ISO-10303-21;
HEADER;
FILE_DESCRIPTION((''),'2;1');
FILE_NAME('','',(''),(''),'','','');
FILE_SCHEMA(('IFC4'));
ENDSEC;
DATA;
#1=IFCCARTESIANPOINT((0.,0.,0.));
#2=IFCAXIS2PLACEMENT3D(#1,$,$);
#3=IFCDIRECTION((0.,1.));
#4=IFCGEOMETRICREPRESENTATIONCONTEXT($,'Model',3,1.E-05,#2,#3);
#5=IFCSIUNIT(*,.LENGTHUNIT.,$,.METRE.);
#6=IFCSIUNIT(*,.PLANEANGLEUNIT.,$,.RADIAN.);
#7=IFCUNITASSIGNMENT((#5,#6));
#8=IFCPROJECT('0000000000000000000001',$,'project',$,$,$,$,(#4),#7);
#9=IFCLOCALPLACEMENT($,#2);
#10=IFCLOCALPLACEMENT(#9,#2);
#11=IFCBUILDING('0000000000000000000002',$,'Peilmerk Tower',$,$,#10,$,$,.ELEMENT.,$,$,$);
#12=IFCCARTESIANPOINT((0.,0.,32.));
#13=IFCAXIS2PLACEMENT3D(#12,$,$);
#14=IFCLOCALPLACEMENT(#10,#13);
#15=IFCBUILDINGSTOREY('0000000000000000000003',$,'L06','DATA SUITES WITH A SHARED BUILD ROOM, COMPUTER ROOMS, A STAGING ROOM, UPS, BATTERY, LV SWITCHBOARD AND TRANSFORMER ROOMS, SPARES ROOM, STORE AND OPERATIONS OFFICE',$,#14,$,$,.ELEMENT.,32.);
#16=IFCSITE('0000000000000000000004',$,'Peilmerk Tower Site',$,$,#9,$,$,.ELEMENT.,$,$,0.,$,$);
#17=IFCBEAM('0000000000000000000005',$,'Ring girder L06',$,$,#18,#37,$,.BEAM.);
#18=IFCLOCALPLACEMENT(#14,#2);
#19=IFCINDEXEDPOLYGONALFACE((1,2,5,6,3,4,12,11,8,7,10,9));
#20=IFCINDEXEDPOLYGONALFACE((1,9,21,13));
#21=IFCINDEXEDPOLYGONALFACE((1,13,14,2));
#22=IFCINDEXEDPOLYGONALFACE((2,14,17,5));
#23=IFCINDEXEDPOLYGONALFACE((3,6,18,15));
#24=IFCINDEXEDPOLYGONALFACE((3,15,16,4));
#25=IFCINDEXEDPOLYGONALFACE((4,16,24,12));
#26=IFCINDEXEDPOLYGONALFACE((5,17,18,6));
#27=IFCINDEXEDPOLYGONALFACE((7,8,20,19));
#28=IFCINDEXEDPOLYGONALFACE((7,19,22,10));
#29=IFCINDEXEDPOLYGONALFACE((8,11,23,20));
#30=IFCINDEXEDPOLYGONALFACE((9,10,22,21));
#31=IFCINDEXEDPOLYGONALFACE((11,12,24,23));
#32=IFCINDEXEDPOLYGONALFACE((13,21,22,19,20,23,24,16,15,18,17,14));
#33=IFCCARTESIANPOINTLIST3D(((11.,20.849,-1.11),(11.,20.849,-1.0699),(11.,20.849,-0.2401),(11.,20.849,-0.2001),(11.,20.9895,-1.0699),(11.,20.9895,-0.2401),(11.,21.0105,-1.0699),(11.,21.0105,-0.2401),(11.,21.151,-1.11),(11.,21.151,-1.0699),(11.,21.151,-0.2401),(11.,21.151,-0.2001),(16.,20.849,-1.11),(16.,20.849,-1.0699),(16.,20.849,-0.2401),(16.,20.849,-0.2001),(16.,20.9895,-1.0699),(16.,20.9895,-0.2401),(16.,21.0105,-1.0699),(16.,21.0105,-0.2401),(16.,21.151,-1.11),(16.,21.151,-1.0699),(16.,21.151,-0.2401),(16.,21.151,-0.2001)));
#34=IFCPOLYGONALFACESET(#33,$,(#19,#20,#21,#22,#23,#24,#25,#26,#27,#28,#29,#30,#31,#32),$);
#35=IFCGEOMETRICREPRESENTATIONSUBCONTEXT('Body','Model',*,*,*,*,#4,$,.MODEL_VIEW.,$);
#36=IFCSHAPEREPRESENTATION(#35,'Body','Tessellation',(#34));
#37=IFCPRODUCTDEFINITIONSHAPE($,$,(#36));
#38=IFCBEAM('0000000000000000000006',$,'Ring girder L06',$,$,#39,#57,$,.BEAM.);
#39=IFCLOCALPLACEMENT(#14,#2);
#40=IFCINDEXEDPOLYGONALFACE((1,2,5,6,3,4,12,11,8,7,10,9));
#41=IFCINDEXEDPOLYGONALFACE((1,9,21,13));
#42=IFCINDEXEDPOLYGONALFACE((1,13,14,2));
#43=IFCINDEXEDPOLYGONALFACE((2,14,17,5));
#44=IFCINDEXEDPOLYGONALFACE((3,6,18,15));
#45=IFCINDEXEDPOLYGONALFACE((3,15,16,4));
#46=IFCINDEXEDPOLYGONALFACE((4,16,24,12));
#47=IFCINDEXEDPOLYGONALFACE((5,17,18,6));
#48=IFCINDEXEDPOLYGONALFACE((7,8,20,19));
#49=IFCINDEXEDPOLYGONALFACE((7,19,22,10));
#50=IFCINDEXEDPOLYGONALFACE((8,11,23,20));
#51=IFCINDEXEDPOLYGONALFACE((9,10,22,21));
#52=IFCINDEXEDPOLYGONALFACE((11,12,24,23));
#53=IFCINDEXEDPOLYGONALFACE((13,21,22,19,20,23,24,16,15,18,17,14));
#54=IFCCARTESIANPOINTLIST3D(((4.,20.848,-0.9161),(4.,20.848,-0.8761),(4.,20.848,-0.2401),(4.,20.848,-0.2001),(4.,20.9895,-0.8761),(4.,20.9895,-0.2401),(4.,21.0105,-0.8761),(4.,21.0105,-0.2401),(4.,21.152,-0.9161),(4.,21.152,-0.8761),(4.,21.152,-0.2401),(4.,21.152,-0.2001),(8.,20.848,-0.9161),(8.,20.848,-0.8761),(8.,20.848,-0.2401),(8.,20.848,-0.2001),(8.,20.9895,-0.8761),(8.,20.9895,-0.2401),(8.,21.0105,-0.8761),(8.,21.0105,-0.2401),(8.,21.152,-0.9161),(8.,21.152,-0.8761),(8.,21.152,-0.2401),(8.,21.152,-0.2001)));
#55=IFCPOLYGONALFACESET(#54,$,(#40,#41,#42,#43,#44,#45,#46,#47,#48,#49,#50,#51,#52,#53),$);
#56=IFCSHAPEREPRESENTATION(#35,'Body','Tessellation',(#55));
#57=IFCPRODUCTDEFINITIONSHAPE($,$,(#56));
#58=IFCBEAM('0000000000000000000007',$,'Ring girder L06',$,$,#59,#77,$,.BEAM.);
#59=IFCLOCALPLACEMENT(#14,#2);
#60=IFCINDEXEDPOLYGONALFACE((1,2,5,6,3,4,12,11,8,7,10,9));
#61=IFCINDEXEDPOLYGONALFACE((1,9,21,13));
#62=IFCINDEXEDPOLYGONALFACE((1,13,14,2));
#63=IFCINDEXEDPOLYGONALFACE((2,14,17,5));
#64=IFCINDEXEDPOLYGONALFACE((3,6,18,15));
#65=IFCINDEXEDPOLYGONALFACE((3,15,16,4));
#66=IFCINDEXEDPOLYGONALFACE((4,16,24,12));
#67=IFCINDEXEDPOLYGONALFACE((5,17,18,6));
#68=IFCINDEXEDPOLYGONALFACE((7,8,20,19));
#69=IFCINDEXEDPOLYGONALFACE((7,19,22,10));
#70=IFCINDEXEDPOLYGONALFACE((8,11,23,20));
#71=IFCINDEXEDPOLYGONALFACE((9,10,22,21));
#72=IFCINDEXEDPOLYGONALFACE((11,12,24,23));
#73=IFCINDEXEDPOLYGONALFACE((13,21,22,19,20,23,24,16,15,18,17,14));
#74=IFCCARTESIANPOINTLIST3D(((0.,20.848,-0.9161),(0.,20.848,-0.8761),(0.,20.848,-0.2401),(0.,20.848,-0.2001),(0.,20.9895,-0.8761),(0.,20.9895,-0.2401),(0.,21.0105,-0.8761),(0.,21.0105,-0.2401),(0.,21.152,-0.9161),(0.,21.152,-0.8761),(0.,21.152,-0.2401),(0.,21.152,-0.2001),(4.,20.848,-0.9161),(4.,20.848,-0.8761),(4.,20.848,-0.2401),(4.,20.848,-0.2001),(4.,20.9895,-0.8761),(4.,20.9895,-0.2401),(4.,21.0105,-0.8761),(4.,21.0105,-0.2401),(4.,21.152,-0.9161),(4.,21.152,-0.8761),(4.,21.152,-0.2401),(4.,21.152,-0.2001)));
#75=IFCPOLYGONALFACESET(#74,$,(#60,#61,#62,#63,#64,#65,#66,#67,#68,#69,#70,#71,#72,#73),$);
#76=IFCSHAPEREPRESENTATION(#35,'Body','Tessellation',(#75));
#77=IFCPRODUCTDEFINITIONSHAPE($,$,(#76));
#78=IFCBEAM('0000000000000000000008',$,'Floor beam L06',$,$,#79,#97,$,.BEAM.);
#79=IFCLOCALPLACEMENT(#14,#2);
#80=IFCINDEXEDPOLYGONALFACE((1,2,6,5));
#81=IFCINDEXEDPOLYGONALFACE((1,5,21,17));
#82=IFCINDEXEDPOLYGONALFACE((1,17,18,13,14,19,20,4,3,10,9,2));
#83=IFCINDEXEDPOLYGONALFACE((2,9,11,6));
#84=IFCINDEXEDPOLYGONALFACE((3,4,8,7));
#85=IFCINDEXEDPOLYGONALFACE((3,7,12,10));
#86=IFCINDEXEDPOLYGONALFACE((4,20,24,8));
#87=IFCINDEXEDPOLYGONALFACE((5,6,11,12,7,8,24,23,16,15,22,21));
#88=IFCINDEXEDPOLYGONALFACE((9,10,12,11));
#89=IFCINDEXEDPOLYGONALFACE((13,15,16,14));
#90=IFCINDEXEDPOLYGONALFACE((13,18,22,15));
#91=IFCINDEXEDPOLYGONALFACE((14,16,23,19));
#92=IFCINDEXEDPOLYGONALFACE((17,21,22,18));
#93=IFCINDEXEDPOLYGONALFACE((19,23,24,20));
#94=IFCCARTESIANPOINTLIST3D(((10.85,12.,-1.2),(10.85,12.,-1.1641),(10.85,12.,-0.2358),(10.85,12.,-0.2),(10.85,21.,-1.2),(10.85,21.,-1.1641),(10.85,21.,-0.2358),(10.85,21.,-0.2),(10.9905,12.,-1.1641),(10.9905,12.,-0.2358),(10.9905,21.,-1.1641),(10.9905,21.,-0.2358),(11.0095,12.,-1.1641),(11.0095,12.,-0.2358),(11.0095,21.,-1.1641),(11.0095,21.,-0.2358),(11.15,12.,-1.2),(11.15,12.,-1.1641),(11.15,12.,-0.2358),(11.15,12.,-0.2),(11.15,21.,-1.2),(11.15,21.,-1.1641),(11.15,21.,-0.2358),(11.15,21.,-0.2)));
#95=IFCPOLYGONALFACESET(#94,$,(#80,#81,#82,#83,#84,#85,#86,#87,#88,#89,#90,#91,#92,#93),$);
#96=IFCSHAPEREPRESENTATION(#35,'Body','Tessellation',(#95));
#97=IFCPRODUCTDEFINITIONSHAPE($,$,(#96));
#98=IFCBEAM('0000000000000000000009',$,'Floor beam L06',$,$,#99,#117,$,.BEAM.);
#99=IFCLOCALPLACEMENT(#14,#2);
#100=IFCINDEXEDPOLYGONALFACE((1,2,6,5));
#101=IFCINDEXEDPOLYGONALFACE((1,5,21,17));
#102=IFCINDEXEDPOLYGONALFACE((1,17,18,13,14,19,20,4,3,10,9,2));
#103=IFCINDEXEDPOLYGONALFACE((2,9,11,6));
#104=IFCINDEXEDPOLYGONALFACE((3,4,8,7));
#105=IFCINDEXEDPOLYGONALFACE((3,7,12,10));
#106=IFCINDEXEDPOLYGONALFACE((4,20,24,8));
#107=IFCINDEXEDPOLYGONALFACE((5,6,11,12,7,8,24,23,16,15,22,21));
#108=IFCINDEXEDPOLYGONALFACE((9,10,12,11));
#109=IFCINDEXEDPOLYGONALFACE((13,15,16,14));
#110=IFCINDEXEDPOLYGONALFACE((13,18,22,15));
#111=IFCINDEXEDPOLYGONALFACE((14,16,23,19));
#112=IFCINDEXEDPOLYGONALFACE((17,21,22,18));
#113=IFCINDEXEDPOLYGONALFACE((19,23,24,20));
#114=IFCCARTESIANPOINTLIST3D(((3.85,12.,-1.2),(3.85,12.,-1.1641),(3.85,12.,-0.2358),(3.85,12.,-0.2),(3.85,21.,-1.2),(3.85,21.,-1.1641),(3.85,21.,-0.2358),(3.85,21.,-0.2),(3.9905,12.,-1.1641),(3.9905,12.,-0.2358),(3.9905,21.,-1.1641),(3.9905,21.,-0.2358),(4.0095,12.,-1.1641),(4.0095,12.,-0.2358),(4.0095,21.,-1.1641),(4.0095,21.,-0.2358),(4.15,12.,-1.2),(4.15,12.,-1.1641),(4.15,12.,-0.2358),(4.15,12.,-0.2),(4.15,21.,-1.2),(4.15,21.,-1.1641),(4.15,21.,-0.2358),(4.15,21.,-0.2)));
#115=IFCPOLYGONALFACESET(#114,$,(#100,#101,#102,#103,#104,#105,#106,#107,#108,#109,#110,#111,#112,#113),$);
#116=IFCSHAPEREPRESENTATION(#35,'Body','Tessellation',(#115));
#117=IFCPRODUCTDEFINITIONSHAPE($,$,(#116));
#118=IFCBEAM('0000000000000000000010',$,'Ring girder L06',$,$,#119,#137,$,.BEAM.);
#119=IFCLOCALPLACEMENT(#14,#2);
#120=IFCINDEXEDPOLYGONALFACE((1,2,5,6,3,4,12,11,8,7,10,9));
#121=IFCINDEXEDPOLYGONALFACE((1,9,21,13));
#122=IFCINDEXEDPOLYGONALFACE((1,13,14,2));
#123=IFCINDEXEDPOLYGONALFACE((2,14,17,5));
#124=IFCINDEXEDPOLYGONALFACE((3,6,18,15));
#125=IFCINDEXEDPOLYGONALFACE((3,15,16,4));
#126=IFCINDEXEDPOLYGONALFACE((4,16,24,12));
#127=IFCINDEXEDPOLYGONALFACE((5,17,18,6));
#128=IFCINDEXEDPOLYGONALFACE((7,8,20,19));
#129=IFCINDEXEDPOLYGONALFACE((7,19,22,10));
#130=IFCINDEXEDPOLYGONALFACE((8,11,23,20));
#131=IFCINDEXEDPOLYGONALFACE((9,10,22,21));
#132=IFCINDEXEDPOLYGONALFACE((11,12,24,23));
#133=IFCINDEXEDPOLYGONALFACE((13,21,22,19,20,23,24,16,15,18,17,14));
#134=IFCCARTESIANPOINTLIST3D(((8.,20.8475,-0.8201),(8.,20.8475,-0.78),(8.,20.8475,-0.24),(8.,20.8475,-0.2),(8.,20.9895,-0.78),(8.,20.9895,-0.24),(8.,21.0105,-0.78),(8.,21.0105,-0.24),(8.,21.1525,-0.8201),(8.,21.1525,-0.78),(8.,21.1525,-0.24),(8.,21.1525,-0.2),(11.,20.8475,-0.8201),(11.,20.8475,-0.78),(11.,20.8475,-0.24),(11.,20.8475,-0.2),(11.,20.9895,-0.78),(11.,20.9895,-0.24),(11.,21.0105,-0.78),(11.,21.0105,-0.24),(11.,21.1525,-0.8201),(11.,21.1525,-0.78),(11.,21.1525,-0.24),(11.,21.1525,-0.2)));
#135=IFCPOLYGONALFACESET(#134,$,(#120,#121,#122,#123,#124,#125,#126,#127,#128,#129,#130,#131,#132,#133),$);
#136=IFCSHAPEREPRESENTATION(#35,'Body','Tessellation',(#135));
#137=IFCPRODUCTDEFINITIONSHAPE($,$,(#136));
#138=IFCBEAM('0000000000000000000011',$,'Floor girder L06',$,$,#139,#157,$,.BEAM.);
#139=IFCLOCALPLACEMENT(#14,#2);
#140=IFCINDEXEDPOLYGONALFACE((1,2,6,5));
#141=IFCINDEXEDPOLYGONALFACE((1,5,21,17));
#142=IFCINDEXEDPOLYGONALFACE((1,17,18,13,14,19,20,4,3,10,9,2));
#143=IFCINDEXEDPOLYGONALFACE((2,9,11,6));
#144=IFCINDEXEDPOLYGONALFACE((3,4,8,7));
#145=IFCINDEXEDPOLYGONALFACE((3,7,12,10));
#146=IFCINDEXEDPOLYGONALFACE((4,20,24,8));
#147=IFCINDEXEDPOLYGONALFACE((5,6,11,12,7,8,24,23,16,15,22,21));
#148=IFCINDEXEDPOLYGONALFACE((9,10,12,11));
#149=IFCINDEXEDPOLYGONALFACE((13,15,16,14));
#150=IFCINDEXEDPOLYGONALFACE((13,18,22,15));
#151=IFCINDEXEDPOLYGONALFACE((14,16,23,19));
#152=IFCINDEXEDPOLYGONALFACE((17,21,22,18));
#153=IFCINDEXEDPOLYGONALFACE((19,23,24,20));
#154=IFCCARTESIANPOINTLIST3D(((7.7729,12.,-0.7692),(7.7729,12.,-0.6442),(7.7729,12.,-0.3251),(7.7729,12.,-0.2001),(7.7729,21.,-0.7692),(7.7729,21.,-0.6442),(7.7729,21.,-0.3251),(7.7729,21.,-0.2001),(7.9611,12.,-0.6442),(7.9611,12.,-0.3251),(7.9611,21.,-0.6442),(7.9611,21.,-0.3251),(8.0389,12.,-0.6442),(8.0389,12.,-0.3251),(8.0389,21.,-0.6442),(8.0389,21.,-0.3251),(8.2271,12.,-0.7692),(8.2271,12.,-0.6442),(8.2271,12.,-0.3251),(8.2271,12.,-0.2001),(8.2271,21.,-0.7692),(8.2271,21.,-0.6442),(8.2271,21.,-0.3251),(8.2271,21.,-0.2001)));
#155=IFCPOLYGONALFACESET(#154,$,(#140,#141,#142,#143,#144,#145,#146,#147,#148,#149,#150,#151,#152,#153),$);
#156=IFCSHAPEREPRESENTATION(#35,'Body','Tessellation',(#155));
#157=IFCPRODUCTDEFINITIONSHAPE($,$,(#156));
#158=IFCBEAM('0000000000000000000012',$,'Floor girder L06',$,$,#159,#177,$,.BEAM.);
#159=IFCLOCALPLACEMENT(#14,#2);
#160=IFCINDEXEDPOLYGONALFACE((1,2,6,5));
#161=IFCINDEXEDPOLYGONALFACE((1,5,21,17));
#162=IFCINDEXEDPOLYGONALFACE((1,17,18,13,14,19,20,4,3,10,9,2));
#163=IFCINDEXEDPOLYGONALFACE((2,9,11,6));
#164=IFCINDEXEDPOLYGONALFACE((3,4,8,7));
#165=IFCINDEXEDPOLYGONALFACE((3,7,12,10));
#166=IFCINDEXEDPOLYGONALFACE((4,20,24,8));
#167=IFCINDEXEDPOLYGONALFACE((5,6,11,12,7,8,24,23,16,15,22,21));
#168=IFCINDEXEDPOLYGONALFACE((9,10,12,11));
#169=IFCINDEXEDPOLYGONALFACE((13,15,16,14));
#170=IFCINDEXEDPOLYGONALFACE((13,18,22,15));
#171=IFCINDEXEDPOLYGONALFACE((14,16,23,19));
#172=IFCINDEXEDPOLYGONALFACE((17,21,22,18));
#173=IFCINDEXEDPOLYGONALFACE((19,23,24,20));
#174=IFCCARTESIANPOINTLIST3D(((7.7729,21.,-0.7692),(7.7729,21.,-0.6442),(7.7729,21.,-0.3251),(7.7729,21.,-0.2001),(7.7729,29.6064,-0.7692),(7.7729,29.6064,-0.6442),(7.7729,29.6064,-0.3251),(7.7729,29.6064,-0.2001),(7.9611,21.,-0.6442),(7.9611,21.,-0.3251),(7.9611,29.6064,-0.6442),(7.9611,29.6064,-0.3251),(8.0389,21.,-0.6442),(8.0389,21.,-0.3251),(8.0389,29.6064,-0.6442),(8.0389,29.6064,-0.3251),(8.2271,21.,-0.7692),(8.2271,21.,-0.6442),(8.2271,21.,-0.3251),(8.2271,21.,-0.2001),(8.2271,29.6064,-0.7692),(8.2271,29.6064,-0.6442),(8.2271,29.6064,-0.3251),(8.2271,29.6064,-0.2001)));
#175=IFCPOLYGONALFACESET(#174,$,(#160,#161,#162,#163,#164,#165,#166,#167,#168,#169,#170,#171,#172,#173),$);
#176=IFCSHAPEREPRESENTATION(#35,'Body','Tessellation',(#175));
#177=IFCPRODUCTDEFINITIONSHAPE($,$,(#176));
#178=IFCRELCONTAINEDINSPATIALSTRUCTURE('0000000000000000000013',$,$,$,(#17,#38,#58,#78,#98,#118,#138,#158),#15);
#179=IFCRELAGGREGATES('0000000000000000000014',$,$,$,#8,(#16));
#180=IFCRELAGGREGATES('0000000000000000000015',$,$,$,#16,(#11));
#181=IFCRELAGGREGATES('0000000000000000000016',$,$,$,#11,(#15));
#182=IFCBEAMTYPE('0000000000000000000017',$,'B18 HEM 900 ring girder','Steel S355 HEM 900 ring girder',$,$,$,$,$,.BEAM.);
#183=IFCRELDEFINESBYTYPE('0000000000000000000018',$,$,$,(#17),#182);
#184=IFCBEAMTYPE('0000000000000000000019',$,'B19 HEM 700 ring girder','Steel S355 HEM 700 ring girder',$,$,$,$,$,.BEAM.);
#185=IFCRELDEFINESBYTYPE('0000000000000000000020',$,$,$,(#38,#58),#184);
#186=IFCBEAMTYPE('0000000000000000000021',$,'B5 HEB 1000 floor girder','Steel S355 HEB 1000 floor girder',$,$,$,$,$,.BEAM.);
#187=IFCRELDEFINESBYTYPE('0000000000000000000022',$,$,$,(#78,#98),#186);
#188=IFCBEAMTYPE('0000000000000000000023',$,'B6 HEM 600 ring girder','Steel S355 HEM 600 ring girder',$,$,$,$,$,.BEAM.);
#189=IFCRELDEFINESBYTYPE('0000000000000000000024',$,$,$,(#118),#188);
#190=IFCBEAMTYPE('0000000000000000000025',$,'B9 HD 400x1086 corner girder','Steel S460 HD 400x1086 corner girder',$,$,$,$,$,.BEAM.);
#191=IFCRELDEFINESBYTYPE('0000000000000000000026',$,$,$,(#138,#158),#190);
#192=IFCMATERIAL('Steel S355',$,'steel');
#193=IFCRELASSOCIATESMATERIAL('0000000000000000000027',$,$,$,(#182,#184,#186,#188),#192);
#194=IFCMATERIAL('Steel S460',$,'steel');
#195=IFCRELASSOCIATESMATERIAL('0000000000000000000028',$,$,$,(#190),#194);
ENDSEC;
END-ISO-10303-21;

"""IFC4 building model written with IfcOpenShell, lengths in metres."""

from ifc_helpers import new_model, si_unit, direction, frame, origin, origin_2d, place, context, subcontext, project, spatial, i_section, extrude, material, material_profile, profile_set, type_object, element, save


model = new_model("IFC4")

# Units and contexts
model_context = context("Model", 3, precision=1e-05, world=origin(), true_north=direction((0.0, 1.0)))
body_context = subcontext(model_context, "Body", "Model", "MODEL_VIEW")
ifc_project = project(units=[si_unit("LENGTHUNIT", "METRE"), si_unit("PLANEANGLEUNIT", "RADIAN")], contexts=[model_context])

# Site, building, storey
site_placement = place(None, origin())
site = spatial("IfcSite", under=ifc_project, at=site_placement, Name="Peilmerk Tower Site", CompositionType="ELEMENT", RefElevation=0.0)
building_placement = place(site_placement, origin())
building = spatial("IfcBuilding", under=site, at=building_placement, Name="Peilmerk Tower", CompositionType="ELEMENT")
storey_placement = place(building_placement, frame((0.0, 0.0, 32.0)))
storey = spatial("IfcBuildingStorey", under=building, at=storey_placement, Name="L06", Description="DATA SUITES WITH A SHARED BUILD ROOM, COMPUTER ROOMS, A STAGING ROOM, UPS, BATTERY, LV SWITCHBOARD AND TRANSFORMER ROOMS, SPARES ROOM, STORE AND OPERATIONS OFFICE", CompositionType="ELEMENT", Elevation=32.0)

# Beams
ifc_material_1 = material(Name="Steel S355", Category="steel")
ifc_material_profile_1 = material_profile(ifc_material_1, i_section(OverallWidth=0.302, OverallDepth=0.9099, WebThickness=0.021, FlangeThickness=0.04, at=origin_2d()), Name="HEM 900")
ifc_profile_set_1 = profile_set([ifc_material_profile_1], Name="Steel S355")
beam_type_1 = type_object("IfcBeamType", Name="B18 HEM 900 ring girder", Description="Steel S355 HEM 900 ring girder", PredefinedType="BEAM", material=ifc_profile_set_1)
beam_1_placement = place(storey_placement, frame((16.0, 21.0, -0.655), z_axis=(-1.0, 0.0, 0.0), x_axis=(0.0, -1.0, 0.0)))
element("IfcBeam", 1, at=beam_1_placement, inside=storey, type_object=beam_type_1, Name="Ring girder L06", PredefinedType="BEAM", context=body_context, shape_type="SweptSolid", body=[
    extrude(i_section(OverallWidth=0.302, OverallDepth=0.9099, WebThickness=0.021, FlangeThickness=0.04, at=origin_2d()), origin(), (0.0, 0.0, 1.0), 5.0),
])
ifc_material_profile_2 = material_profile(ifc_material_1, i_section(OverallWidth=0.304, OverallDepth=0.7161, WebThickness=0.021, FlangeThickness=0.04, at=origin_2d()), Name="HEM 700")
ifc_profile_set_2 = profile_set([ifc_material_profile_2], Name="Steel S355")
beam_type_2 = type_object("IfcBeamType", Name="B19 HEM 700 ring girder", Description="Steel S355 HEM 700 ring girder", PredefinedType="BEAM", material=ifc_profile_set_2)
for number, where, z_axis, x_axis, name in (
    (2, (8.0, 21.0, -0.5581), (-1.0, 0.0, 0.0), (0.0, -1.0, 0.0), "Ring girder L06"),
    (3, (4.0, 21.0, -0.5581), (-1.0, 0.0, 0.0), (0.0, -1.0, 0.0), "Ring girder L06"),
):
    element("IfcBeam", number, at=place(storey_placement, frame(where, z_axis=z_axis, x_axis=x_axis)), inside=storey, type_object=beam_type_2, Name=name, PredefinedType="BEAM", context=body_context, shape_type="SweptSolid", body=[
        extrude(i_section(OverallWidth=0.304, OverallDepth=0.7161, WebThickness=0.021, FlangeThickness=0.04, at=origin_2d()), origin(), (0.0, 0.0, 1.0), 4.0),
    ])
ifc_material_profile_3 = material_profile(ifc_material_1, i_section(OverallWidth=0.3, OverallDepth=1.0, WebThickness=0.019, FlangeThickness=0.0359, at=origin_2d()), Name="HEB 1000")
ifc_profile_set_3 = profile_set([ifc_material_profile_3], Name="Steel S355")
beam_type_3 = type_object("IfcBeamType", Name="B5 HEB 1000 floor girder", Description="Steel S355 HEB 1000 floor girder", PredefinedType="BEAM", material=ifc_profile_set_3)
for number, where, z_axis, x_axis, name in (
    (4, (11.0, 12.0, -0.7), (0.0, 1.0, 0.0), (-1.0, 0.0, 0.0), "Floor beam L06"),
    (5, (4.0, 12.0, -0.7), (0.0, 1.0, 0.0), (-1.0, 0.0, 0.0), "Floor beam L06"),
):
    element("IfcBeam", number, at=place(storey_placement, frame(where, z_axis=z_axis, x_axis=x_axis)), inside=storey, type_object=beam_type_3, Name=name, PredefinedType="BEAM", context=body_context, shape_type="SweptSolid", body=[
        extrude(i_section(OverallWidth=0.3, OverallDepth=1.0, WebThickness=0.019, FlangeThickness=0.0359, at=origin_2d()), origin(), (0.0, 0.0, 1.0), 9.0),
    ])
ifc_material_profile_4 = material_profile(ifc_material_1, i_section(OverallWidth=0.3049, OverallDepth=0.6201, WebThickness=0.021, FlangeThickness=0.04, at=origin_2d()), Name="HEM 600")
ifc_profile_set_4 = profile_set([ifc_material_profile_4], Name="Steel S355")
beam_type_4 = type_object("IfcBeamType", Name="B6 HEM 600 ring girder", Description="Steel S355 HEM 600 ring girder", PredefinedType="BEAM", material=ifc_profile_set_4)
beam_2_placement = place(storey_placement, frame((11.0, 21.0, -0.51), z_axis=(-1.0, 0.0, 0.0), x_axis=(0.0, -1.0, 0.0)))
element("IfcBeam", 6, at=beam_2_placement, inside=storey, type_object=beam_type_4, Name="Ring girder L06", PredefinedType="BEAM", context=body_context, shape_type="SweptSolid", body=[
    extrude(i_section(OverallWidth=0.3049, OverallDepth=0.6201, WebThickness=0.021, FlangeThickness=0.04, at=origin_2d()), origin(), (0.0, 0.0, 1.0), 3.0),
])
ifc_material_2 = material(Name="Steel S460", Category="steel")
ifc_material_profile_5 = material_profile(ifc_material_2, i_section(OverallWidth=0.4541, OverallDepth=0.5691, WebThickness=0.0779, FlangeThickness=0.125, at=origin_2d()), Name="HD 400x1086")
ifc_profile_set_5 = profile_set([ifc_material_profile_5], Name="Steel S460")
beam_type_5 = type_object("IfcBeamType", Name="B9 HD 400x1086 corner girder", Description="Steel S460 HD 400x1086 corner girder", PredefinedType="BEAM", material=ifc_profile_set_5)
beam_3_placement = place(storey_placement, frame((8.0, 12.0, -0.4846), z_axis=(0.0, 1.0, 0.0), x_axis=(-1.0, 0.0, 0.0)))
element("IfcBeam", 7, at=beam_3_placement, inside=storey, type_object=beam_type_5, Name="Floor girder L06", PredefinedType="BEAM", context=body_context, shape_type="SweptSolid", body=[
    extrude(i_section(OverallWidth=0.4541, OverallDepth=0.5691, WebThickness=0.0779, FlangeThickness=0.125, at=origin_2d()), origin(), (0.0, 0.0, 1.0), 9.0),
])
beam_4_placement = place(storey_placement, frame((8.0, 21.0, -0.4846), z_axis=(0.0, 1.0, 0.0), x_axis=(-1.0, 0.0, 0.0)))
element("IfcBeam", 8, at=beam_4_placement, inside=storey, type_object=beam_type_5, Name="Floor girder L06", PredefinedType="BEAM", context=body_context, shape_type="SweptSolid", body=[
    extrude(i_section(OverallWidth=0.4541, OverallDepth=0.5691, WebThickness=0.0779, FlangeThickness=0.125, at=origin_2d()), origin(), (0.0, 0.0, 1.0), 8.6064),
])

save(model, "model.ifc")
